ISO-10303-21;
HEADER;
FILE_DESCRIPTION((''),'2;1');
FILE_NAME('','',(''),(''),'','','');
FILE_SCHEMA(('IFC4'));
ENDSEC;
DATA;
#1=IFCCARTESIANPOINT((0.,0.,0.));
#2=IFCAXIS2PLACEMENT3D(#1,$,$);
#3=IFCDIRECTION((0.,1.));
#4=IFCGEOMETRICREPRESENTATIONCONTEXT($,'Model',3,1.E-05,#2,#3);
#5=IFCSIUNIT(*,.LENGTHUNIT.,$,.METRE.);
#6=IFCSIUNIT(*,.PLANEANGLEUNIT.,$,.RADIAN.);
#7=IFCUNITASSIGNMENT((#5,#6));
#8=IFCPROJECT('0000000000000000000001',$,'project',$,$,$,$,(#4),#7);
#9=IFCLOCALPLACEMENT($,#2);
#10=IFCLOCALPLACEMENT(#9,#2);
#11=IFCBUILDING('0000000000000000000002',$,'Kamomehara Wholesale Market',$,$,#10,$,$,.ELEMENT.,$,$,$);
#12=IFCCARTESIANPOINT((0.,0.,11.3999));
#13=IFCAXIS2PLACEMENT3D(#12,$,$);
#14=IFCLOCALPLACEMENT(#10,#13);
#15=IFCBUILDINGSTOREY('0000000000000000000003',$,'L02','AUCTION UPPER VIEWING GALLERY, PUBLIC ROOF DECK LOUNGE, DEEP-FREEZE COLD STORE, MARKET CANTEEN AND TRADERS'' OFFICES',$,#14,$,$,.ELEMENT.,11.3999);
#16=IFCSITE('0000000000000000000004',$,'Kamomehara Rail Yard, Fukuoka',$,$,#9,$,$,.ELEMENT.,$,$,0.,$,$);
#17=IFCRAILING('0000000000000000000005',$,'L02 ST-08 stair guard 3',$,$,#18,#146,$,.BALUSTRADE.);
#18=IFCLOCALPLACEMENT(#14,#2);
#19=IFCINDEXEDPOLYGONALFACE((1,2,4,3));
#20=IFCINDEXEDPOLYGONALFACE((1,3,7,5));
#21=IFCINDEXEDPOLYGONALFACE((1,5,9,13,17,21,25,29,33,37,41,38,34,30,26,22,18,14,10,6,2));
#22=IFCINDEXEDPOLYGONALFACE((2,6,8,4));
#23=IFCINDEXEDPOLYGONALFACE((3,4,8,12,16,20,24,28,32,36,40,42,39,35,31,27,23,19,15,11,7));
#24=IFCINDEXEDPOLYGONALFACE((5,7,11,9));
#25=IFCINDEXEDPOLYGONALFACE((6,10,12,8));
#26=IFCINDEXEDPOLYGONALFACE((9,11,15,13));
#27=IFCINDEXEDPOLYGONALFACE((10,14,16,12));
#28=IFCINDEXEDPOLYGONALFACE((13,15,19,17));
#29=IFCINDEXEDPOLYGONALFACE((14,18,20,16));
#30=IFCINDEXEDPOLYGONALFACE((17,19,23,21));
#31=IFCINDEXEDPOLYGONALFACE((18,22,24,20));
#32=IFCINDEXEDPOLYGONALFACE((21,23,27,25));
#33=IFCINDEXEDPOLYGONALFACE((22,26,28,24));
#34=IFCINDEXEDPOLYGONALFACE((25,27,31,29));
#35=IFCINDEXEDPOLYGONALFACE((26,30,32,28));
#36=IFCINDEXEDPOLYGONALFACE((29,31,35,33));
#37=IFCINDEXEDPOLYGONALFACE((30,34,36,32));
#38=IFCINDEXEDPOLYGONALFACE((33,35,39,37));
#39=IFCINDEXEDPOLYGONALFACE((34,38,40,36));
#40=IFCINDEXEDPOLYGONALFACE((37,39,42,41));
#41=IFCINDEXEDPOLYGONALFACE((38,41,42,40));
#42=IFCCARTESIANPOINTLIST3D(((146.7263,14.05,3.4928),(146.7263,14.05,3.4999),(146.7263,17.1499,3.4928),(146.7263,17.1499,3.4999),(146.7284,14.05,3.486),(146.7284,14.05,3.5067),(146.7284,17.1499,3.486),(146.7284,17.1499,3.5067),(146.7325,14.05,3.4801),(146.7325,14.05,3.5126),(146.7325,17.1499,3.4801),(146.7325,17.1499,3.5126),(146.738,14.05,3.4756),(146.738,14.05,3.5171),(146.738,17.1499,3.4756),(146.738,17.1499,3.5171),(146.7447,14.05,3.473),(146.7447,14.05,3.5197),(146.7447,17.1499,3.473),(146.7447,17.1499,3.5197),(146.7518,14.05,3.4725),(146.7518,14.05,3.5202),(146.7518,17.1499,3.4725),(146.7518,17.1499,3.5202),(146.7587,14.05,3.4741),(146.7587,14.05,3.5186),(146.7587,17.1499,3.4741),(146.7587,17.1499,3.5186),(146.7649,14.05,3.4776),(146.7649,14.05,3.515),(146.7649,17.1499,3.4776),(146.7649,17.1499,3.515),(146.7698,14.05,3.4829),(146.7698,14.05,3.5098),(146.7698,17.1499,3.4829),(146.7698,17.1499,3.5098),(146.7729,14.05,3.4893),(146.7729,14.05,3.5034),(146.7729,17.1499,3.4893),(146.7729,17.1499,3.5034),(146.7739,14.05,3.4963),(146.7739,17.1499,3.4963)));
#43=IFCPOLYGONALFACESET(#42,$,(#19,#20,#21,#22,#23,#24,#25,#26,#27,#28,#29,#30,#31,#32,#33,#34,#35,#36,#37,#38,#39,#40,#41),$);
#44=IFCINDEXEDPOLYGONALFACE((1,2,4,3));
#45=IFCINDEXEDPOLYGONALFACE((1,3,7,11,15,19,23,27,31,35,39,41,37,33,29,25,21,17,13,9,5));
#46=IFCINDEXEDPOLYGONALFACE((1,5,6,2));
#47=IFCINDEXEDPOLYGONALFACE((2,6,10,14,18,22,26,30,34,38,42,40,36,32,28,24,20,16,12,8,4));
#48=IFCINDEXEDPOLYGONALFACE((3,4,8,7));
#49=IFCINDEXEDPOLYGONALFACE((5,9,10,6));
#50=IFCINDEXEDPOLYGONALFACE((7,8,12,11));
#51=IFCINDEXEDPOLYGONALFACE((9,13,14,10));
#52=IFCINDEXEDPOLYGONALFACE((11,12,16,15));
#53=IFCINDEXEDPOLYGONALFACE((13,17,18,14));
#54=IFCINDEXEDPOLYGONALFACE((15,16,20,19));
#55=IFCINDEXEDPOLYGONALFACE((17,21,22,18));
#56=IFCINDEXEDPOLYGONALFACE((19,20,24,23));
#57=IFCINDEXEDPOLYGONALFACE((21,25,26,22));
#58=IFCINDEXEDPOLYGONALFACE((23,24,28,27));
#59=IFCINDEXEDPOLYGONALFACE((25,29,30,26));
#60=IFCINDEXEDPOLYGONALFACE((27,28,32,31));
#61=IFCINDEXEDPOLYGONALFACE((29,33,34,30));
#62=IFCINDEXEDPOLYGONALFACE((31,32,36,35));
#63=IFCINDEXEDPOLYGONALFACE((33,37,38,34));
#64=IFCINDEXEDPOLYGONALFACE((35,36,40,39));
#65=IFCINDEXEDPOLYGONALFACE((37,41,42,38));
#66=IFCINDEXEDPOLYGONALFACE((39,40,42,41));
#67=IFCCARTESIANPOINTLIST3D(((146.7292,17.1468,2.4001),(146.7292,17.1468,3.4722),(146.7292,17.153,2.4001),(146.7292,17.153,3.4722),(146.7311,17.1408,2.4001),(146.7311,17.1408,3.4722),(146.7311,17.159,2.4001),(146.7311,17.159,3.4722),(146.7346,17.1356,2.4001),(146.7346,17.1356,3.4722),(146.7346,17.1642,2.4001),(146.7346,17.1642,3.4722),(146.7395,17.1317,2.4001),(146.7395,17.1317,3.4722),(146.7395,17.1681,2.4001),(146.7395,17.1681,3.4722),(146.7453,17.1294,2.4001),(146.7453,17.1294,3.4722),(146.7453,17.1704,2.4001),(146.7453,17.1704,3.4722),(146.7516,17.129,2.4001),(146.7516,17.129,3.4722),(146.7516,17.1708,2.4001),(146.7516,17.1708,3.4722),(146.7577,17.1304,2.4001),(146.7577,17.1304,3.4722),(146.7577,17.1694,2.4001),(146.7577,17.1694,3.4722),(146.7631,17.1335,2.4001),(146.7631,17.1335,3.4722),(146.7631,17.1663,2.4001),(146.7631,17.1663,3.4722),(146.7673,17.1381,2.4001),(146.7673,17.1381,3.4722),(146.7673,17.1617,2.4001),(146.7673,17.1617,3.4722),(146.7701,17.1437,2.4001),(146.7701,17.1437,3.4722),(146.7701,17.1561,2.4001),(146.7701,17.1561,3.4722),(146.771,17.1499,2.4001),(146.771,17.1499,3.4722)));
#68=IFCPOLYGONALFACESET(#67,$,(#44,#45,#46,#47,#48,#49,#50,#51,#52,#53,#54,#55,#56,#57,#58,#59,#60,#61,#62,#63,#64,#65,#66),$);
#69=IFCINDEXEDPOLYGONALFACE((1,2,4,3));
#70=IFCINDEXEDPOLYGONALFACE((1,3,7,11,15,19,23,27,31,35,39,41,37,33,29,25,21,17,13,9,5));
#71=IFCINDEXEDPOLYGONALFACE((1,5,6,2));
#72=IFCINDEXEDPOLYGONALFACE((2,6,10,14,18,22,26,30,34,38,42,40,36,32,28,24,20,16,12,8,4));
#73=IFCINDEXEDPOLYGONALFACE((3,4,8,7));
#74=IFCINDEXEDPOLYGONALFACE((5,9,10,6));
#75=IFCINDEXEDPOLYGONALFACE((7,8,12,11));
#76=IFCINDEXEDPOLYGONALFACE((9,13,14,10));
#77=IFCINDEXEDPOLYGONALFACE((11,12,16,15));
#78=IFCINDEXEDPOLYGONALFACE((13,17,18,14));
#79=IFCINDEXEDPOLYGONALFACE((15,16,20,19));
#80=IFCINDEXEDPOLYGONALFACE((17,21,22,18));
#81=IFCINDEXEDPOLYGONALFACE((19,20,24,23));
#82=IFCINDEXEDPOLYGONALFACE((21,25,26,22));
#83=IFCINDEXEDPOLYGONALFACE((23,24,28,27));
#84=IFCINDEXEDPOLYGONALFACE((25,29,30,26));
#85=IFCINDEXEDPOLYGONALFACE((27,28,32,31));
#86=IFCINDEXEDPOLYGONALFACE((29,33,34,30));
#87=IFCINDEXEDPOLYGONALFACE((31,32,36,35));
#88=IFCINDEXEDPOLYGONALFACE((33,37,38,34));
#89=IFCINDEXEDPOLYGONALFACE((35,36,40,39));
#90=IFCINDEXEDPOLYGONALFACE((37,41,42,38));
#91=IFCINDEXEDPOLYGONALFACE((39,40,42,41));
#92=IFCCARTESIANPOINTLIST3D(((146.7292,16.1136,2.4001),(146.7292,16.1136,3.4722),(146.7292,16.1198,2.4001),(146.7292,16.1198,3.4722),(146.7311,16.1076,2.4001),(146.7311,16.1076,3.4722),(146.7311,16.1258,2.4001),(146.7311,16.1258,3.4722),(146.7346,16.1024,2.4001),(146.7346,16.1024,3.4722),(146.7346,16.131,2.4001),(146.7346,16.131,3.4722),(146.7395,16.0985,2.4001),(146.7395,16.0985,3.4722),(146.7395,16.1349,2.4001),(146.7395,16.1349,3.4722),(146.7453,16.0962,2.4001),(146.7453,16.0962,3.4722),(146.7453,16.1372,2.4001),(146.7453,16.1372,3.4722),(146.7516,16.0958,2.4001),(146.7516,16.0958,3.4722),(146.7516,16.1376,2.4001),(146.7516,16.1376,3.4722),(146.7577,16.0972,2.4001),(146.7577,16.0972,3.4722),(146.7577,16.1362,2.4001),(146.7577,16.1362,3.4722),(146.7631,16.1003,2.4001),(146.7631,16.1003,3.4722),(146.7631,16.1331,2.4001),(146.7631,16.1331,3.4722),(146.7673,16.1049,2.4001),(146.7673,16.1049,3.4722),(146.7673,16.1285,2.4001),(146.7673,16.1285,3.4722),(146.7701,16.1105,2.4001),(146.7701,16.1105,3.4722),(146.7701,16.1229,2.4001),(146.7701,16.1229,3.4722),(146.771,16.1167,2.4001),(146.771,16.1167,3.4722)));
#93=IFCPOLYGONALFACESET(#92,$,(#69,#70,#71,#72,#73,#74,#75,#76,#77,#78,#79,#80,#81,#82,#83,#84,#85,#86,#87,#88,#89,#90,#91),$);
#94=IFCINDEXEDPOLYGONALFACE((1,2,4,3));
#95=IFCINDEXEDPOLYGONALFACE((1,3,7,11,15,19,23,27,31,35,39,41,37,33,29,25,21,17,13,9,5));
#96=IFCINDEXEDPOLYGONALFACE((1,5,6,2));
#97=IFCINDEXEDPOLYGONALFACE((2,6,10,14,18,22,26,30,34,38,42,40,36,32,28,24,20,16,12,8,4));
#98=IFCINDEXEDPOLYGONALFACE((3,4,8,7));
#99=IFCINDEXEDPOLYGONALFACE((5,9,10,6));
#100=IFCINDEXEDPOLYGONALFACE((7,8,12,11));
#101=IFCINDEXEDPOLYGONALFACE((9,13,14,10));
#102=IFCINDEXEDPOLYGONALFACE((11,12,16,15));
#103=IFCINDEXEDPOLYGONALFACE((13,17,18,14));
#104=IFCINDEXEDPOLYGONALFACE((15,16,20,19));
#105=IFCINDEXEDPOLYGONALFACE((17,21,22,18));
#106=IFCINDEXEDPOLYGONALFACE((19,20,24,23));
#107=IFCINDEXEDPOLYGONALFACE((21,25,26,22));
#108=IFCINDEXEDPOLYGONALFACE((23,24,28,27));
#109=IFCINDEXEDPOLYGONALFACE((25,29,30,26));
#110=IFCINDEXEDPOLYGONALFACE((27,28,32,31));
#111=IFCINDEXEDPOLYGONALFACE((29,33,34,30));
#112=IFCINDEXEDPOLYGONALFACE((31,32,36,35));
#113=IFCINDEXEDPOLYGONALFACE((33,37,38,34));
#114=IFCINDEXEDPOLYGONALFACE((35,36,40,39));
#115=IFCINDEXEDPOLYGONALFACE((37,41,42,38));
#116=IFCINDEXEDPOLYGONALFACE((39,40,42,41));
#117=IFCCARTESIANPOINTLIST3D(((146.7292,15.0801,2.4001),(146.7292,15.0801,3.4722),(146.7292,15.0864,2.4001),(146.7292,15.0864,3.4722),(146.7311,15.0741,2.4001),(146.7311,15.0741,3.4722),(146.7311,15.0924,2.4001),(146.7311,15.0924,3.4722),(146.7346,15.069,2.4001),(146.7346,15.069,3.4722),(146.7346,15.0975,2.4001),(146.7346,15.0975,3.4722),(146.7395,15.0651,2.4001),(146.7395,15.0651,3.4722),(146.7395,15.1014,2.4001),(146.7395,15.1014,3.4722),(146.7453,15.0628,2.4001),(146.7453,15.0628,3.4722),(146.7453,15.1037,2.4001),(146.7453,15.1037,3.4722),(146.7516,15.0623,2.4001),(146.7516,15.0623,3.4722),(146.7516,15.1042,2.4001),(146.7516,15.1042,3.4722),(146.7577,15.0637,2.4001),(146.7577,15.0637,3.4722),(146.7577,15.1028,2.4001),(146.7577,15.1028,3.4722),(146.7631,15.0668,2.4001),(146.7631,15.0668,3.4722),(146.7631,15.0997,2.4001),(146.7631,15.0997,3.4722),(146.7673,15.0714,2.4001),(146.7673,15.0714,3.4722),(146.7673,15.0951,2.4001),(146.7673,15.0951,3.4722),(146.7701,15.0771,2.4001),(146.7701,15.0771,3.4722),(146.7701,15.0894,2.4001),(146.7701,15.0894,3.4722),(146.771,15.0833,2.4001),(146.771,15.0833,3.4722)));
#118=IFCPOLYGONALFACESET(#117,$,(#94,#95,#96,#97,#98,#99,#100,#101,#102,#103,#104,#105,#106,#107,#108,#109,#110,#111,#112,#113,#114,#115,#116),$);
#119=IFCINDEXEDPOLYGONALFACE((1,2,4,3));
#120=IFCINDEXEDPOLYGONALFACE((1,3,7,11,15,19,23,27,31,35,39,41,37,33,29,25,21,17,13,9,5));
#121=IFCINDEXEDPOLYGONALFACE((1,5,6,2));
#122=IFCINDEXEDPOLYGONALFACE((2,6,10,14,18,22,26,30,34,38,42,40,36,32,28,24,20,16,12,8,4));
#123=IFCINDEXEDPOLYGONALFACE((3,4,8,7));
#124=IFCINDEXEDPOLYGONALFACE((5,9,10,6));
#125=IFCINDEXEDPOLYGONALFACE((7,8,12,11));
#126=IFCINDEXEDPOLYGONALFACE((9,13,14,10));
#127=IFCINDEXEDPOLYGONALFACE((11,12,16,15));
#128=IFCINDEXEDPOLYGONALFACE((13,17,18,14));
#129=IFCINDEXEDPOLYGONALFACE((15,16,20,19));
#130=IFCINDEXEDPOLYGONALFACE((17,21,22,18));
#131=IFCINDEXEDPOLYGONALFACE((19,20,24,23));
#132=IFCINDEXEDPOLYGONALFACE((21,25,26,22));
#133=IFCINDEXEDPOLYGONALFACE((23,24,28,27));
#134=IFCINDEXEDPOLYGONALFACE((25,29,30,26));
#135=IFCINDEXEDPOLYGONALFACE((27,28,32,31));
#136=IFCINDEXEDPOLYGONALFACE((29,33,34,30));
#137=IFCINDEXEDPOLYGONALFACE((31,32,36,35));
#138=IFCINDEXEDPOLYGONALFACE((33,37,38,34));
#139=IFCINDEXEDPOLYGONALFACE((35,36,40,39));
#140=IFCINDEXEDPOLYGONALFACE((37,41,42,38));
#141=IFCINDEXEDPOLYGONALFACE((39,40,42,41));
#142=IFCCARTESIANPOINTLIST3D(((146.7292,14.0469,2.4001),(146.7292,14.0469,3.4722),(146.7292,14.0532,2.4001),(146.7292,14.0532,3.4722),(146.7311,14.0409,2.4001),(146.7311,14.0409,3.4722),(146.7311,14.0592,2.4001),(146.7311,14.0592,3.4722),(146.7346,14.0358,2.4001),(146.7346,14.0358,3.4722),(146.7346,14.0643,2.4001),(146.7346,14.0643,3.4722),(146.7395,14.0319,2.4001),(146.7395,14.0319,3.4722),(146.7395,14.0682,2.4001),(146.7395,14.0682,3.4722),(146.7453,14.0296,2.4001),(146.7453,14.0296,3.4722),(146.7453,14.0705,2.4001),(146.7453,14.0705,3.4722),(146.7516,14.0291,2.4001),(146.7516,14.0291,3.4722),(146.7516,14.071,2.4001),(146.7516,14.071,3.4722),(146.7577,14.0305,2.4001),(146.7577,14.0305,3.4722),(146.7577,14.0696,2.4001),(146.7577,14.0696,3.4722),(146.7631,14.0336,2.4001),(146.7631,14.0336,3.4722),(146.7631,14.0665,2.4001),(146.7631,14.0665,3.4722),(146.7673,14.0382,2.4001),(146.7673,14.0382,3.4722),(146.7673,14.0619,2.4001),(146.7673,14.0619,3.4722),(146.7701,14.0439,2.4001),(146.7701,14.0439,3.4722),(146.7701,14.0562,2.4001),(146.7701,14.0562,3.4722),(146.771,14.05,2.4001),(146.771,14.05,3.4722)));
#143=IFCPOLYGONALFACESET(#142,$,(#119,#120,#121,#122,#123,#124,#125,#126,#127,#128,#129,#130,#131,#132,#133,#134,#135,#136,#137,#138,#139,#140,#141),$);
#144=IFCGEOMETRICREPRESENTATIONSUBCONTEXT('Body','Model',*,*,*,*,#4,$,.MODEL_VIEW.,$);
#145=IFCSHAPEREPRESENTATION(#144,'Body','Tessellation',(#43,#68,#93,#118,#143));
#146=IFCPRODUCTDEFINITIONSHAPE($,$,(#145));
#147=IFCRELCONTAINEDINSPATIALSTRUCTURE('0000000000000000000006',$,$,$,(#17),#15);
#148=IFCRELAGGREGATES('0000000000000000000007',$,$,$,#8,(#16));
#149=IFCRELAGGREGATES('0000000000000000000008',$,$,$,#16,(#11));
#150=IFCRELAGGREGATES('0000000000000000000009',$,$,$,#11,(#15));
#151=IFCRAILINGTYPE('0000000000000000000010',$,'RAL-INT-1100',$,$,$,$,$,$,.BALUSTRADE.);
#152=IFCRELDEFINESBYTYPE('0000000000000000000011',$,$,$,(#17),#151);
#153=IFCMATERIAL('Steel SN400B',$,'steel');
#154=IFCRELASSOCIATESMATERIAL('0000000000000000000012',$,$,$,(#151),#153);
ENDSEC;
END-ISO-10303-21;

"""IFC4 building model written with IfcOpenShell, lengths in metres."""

from ifc_helpers import new_model, si_unit, direction, frame, origin, origin_2d, place, context, subcontext, project, spatial, circle, extrude, material, type_object, element, save


model = new_model("IFC4")

# Units and contexts
model_context = context("Model", 3, precision=1e-05, world=origin(), true_north=direction((0.0, 1.0)))
body_context = subcontext(model_context, "Body", "Model", "MODEL_VIEW")
ifc_project = project(units=[si_unit("LENGTHUNIT", "METRE"), si_unit("PLANEANGLEUNIT", "RADIAN")], contexts=[model_context])

# Site, building, storey
site_placement = place(None, origin())
site = spatial("IfcSite", under=ifc_project, at=site_placement, Name="Kamomehara Rail Yard, Fukuoka", CompositionType="ELEMENT", RefElevation=0.0)
building_placement = place(site_placement, origin())
building = spatial("IfcBuilding", under=site, at=building_placement, Name="Kamomehara Wholesale Market", CompositionType="ELEMENT")
storey_placement = place(building_placement, frame((0.0, 0.0, 11.3999)))
storey = spatial("IfcBuildingStorey", under=building, at=storey_placement, Name="L02", Description="AUCTION UPPER VIEWING GALLERY, PUBLIC ROOF DECK LOUNGE, DEEP-FREEZE COLD STORE, MARKET CANTEEN AND TRADERS' OFFICES", CompositionType="ELEMENT", Elevation=11.3999)

# Railing
ifc_material_1 = material(Name="Steel SN400B", Category="steel")
railing_type_1 = type_object("IfcRailingType", Name="RAL-INT-1100", PredefinedType="BALUSTRADE", material=ifc_material_1)
railing_1_placement = place(storey_placement, frame((146.75, 17.1499, 2.4001)))
element("IfcRailing", 1, at=railing_1_placement, inside=storey, type_object=railing_type_1, Name="L02 ST-08 stair guard 3", PredefinedType="BALUSTRADE", context=body_context, shape_type="SweptSolid", body=[
    extrude(circle(Radius=0.0239, at=origin_2d()), frame((0.0, 0.0, 1.0962), z_axis=(0.0, -1.0, 0.0), x_axis=(1.0, 0.0, 0.0)), (0.0, 0.0, 1.0), 3.0999),
    extrude(circle(Radius=0.021, at=origin_2d()), origin(), (0.0, 0.0, 1.0), 1.072),
    extrude(circle(Radius=0.021, at=origin_2d()), frame((0.0, -1.0332, 0.0)), (0.0, 0.0, 1.0), 1.072),
    extrude(circle(Radius=0.021, at=origin_2d()), frame((0.0, -2.0667, 0.0)), (0.0, 0.0, 1.0), 1.072),
    extrude(circle(Radius=0.021, at=origin_2d()), frame((0.0, -3.0999, 0.0)), (0.0, 0.0, 1.0), 1.072),
])

save(model, "model.ifc")
